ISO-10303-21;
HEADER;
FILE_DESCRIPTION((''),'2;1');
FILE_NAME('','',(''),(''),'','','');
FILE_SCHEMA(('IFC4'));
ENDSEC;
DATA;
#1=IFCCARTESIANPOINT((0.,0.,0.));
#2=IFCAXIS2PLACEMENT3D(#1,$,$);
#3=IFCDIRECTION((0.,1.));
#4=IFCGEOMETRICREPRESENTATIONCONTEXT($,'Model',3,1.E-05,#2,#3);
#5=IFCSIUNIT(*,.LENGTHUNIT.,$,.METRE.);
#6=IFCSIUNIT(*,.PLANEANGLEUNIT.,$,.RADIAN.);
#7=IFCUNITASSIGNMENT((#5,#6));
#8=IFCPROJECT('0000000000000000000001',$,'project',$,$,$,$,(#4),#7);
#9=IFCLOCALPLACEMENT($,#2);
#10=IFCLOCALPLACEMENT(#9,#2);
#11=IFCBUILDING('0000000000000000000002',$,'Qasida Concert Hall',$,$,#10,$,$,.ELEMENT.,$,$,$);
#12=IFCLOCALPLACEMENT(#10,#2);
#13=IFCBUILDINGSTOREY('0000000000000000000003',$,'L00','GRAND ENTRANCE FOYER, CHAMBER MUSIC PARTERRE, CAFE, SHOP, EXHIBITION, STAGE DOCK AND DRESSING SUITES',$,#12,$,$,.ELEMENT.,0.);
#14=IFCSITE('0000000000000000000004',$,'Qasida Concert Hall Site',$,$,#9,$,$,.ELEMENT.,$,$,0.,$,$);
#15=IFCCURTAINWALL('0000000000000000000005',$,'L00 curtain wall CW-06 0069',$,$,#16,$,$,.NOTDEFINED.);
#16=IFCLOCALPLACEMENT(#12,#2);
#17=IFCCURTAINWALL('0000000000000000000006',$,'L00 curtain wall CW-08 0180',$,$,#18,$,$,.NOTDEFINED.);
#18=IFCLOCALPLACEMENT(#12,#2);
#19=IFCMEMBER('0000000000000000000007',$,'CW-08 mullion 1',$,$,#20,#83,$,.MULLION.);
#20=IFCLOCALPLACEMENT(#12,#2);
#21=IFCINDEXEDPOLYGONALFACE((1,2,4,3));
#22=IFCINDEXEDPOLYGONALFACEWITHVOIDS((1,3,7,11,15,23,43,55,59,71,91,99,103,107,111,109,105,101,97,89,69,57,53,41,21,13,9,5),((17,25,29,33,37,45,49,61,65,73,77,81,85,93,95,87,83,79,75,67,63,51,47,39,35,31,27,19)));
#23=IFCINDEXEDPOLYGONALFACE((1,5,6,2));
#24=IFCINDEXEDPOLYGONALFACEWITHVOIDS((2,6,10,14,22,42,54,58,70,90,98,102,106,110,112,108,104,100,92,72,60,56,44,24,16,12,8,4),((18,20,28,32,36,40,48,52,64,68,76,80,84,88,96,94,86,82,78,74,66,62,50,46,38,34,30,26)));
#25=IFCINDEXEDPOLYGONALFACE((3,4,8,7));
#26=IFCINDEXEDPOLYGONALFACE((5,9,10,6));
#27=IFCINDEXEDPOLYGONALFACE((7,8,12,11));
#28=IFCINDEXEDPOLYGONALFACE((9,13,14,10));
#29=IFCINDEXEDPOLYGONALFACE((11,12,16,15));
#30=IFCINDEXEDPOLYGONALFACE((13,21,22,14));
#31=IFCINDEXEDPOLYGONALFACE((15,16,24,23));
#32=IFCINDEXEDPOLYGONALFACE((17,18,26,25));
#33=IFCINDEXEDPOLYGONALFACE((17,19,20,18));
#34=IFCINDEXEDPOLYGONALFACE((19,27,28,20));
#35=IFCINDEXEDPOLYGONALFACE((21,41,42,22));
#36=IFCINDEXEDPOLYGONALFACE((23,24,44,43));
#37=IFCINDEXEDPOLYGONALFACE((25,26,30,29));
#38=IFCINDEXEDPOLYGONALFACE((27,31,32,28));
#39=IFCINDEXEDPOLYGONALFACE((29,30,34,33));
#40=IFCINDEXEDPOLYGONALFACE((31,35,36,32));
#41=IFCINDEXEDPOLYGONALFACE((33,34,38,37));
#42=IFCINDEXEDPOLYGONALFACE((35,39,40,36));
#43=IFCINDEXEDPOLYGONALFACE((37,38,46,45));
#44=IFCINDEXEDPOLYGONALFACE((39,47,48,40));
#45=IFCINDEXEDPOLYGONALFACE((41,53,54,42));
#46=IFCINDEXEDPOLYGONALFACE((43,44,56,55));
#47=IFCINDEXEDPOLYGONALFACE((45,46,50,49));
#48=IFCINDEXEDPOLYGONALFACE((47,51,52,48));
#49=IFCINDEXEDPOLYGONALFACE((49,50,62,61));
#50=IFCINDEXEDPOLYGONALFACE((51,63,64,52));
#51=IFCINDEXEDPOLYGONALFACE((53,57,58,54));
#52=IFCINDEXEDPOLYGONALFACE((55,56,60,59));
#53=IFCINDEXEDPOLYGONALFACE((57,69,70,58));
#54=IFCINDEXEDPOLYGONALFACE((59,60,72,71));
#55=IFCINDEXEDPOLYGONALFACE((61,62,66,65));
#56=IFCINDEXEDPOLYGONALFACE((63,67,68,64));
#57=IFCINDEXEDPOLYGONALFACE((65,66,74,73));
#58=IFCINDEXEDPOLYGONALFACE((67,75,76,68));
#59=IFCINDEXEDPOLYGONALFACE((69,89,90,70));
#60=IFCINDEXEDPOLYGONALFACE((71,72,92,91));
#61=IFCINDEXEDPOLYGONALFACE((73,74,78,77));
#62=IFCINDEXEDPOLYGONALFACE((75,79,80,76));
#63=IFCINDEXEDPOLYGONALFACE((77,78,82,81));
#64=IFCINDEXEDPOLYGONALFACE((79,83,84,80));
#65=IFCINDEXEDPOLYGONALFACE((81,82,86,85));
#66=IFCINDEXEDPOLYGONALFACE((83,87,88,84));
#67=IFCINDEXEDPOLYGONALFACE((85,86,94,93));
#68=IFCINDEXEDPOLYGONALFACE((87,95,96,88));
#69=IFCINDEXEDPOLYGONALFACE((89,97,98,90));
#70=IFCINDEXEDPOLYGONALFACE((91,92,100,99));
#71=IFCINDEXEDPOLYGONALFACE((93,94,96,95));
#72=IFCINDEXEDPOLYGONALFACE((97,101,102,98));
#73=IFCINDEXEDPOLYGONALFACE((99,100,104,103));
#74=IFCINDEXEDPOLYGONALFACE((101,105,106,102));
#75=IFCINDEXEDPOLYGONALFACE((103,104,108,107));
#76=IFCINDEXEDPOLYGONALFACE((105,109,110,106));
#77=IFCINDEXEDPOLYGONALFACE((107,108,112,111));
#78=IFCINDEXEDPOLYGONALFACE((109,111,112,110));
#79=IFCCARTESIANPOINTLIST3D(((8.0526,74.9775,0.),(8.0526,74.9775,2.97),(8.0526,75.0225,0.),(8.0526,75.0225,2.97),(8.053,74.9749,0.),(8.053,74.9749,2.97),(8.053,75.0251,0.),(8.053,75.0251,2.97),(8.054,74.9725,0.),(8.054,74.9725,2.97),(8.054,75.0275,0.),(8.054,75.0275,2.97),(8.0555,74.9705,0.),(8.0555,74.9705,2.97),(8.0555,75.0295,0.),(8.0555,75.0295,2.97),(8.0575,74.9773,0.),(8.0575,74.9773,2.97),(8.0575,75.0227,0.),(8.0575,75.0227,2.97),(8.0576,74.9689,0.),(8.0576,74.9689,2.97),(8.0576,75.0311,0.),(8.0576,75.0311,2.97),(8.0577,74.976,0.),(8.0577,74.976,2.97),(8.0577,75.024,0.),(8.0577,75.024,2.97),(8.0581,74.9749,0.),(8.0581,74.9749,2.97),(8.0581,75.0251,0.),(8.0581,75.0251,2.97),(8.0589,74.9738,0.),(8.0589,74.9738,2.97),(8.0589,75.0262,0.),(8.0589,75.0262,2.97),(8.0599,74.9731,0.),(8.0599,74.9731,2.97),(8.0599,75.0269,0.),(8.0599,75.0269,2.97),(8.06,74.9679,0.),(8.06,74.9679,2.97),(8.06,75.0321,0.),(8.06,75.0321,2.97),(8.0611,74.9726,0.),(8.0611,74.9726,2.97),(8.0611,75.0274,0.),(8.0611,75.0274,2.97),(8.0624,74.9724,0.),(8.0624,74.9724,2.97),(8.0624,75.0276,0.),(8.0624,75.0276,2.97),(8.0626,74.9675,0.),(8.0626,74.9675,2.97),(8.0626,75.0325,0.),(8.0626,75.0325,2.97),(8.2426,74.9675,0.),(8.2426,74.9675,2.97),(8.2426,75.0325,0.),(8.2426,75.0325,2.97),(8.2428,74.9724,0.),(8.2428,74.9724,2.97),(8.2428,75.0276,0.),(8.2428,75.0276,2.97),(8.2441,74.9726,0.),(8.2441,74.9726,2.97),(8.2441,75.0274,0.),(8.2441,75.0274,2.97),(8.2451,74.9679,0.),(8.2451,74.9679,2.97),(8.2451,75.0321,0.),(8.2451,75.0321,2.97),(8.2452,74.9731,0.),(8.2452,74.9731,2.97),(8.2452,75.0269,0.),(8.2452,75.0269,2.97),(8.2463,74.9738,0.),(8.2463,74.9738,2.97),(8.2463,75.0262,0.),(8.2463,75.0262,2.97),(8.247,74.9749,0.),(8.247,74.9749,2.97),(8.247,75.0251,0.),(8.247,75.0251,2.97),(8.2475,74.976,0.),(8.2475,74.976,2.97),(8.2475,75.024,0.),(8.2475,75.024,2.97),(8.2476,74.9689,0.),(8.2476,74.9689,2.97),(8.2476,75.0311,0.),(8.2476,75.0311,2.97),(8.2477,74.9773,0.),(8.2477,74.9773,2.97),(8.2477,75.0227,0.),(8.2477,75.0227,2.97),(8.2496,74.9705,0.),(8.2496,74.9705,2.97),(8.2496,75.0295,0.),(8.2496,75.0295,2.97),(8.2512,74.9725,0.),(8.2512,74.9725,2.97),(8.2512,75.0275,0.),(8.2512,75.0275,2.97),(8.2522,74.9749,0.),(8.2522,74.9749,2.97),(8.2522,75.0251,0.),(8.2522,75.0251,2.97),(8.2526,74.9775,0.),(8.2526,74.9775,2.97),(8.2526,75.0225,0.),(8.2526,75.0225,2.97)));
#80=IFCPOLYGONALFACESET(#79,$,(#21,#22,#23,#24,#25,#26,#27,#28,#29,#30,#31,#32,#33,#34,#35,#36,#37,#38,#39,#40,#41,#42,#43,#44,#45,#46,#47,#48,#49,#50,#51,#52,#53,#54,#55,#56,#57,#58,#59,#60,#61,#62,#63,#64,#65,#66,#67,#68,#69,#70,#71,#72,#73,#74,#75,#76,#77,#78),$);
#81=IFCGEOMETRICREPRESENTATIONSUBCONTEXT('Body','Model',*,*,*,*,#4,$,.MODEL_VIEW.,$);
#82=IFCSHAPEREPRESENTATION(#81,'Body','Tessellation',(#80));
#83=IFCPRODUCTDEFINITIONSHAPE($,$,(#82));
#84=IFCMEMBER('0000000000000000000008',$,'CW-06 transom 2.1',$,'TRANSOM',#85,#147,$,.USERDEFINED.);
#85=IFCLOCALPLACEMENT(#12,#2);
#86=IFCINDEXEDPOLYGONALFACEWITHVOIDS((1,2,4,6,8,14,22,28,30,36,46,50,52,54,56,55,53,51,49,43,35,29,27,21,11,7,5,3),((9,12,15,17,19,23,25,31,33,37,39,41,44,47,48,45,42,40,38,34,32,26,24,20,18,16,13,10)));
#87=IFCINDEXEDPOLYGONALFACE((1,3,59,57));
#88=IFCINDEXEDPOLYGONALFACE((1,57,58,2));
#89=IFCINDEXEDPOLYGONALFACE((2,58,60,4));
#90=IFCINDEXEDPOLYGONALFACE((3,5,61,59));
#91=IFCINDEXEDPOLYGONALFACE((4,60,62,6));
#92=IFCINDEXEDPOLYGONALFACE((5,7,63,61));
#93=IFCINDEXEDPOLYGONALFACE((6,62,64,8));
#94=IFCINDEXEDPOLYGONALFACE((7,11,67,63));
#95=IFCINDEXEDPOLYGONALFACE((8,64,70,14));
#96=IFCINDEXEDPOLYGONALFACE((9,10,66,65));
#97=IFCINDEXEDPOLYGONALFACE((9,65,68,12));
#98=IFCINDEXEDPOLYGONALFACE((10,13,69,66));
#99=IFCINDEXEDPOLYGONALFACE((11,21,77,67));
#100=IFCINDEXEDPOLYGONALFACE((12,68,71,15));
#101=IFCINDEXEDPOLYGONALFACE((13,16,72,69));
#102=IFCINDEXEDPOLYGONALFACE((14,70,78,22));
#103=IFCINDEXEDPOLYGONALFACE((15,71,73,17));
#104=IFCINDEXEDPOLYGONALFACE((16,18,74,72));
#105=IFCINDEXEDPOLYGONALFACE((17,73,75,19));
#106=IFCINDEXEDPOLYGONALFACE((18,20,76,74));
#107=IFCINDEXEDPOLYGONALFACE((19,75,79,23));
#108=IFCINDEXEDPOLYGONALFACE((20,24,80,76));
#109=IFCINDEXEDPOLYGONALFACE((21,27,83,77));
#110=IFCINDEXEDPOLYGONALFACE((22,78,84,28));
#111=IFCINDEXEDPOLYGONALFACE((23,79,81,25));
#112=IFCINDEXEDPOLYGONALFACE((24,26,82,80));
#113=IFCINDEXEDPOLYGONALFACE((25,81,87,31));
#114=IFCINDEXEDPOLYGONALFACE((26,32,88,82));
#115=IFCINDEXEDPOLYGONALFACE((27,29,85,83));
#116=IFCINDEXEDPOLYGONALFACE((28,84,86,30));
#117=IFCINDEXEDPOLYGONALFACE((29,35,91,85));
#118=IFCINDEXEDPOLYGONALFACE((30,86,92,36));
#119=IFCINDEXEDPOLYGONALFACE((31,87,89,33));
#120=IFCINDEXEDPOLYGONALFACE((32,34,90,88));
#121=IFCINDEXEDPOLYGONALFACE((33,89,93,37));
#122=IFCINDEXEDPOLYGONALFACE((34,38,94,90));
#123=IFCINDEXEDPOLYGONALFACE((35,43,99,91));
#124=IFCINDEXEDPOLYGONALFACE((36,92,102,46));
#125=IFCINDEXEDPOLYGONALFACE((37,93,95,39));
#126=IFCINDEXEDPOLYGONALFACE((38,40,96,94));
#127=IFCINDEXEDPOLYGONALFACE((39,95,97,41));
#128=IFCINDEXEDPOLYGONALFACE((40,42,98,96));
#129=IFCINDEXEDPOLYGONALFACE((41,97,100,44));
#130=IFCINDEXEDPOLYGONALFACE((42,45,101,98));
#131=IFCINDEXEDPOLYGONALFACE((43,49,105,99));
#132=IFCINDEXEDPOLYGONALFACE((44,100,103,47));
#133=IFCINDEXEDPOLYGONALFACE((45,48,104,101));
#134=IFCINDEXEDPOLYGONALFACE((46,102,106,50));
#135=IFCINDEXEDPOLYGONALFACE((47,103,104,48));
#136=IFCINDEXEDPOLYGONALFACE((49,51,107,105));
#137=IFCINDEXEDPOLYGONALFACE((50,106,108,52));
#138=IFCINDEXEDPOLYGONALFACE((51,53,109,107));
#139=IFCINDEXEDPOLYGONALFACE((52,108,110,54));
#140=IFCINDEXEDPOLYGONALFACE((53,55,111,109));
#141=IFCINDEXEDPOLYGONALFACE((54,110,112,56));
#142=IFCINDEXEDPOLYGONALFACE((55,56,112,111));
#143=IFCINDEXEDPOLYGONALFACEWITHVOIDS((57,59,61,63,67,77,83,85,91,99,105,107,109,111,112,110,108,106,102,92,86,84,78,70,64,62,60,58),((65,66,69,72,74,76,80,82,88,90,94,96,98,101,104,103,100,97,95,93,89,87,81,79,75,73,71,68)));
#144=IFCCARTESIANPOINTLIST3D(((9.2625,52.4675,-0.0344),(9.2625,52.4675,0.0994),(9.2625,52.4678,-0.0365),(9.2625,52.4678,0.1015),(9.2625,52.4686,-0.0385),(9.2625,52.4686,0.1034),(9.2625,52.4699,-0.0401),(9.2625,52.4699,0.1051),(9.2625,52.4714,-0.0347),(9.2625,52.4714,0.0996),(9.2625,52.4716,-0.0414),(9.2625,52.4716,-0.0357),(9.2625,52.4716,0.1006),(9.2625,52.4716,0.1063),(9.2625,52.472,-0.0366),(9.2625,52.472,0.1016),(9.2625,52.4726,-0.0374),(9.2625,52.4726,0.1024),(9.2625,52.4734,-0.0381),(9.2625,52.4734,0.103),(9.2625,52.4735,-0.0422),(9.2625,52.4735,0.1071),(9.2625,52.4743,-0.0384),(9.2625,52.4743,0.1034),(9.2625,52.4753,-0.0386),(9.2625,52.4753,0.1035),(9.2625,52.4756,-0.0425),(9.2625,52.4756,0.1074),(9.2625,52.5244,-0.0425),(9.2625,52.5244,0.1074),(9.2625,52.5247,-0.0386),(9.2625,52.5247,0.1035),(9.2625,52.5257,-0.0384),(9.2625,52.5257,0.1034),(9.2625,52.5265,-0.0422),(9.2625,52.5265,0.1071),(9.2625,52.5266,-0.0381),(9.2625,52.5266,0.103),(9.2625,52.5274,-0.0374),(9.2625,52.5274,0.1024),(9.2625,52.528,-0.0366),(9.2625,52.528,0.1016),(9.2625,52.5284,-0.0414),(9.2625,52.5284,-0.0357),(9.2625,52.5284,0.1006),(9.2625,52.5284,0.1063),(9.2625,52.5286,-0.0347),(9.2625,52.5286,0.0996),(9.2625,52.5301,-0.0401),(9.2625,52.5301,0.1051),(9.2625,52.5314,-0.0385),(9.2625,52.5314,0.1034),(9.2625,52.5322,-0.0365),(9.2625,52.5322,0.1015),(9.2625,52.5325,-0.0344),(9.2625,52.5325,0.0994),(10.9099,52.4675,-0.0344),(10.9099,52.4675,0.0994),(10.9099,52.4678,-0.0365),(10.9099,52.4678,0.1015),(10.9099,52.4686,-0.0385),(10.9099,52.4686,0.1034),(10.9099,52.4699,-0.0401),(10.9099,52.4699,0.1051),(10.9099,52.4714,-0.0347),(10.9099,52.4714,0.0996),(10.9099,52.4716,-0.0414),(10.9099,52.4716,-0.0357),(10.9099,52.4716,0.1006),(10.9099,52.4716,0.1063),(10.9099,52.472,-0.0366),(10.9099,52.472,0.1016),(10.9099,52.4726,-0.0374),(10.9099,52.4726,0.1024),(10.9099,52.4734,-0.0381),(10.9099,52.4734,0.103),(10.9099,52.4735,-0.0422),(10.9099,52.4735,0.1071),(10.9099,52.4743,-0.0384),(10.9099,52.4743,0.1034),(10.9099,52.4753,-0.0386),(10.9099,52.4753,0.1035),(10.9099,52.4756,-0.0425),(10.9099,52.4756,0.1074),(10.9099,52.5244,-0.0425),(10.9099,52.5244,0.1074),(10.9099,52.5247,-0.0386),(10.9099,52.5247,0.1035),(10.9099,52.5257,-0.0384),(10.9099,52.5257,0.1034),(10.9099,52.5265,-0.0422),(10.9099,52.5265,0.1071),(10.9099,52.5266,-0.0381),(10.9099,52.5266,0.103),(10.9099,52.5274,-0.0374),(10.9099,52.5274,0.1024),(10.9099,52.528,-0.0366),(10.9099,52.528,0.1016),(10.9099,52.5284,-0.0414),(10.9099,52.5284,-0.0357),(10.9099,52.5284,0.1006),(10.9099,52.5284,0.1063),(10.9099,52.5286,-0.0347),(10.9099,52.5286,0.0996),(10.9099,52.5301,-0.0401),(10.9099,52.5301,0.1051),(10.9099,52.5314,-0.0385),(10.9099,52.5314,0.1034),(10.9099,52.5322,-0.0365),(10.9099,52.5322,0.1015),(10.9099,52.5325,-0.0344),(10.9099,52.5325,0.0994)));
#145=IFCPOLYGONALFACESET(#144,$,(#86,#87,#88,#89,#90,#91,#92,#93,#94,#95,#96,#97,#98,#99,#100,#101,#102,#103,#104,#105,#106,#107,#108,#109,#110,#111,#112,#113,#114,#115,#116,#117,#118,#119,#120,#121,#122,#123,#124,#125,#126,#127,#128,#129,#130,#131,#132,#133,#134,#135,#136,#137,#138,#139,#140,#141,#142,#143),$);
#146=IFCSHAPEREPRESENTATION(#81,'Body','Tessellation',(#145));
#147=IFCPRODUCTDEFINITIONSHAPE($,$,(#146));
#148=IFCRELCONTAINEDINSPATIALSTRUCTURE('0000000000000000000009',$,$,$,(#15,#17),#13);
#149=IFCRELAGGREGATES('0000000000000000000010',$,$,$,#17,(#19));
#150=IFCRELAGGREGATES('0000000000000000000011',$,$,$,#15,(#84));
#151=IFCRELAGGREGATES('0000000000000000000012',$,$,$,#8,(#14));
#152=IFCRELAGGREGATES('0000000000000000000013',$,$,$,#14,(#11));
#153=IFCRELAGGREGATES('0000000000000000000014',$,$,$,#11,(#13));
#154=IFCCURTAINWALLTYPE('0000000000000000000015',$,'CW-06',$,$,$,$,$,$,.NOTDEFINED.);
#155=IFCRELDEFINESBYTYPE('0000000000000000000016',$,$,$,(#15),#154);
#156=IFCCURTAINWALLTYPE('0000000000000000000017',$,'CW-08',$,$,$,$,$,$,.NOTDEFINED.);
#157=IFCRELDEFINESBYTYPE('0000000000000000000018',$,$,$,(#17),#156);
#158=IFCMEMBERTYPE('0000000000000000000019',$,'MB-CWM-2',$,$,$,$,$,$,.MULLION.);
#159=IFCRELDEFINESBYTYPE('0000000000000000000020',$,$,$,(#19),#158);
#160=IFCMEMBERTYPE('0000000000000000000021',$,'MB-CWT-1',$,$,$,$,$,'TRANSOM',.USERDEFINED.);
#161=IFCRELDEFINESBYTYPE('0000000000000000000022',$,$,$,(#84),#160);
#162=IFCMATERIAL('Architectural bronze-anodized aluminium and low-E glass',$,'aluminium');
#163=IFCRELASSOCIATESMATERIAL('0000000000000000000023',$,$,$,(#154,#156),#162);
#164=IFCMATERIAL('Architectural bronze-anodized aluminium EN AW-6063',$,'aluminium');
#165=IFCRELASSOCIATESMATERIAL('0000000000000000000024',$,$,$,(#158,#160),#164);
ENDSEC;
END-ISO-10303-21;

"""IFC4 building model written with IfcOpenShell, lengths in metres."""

from ifc_helpers import new_model, si_unit, direction, frame, origin, origin_2d, place, context, subcontext, project, spatial, hollow_rectangle, extrude, material, material_profile, profile_set, type_object, element, aggregate, save


model = new_model("IFC4")

# Units and contexts
model_context = context("Model", 3, precision=1e-05, world=origin(), true_north=direction((0.0, 1.0)))
body_context = subcontext(model_context, "Body", "Model", "MODEL_VIEW")
ifc_project = project(units=[si_unit("LENGTHUNIT", "METRE"), si_unit("PLANEANGLEUNIT", "RADIAN")], contexts=[model_context])

# Site, building, storey
site_placement = place(None, origin())
site = spatial("IfcSite", under=ifc_project, at=site_placement, Name="Qasida Concert Hall Site", CompositionType="ELEMENT", RefElevation=0.0)
building_placement = place(site_placement, origin())
building = spatial("IfcBuilding", under=site, at=building_placement, Name="Qasida Concert Hall", CompositionType="ELEMENT")
storey_placement = place(building_placement, origin())
storey = spatial("IfcBuildingStorey", under=building, at=storey_placement, Name="L00", Description="GRAND ENTRANCE FOYER, CHAMBER MUSIC PARTERRE, CAFE, SHOP, EXHIBITION, STAGE DOCK AND DRESSING SUITES", CompositionType="ELEMENT", Elevation=0.0)

# Curtain wall
ifc_material_1 = material(Name="Architectural bronze-anodized aluminium and low-E glass", Category="aluminium")
curtain_wall_type_1 = type_object("IfcCurtainWallType", Name="CW-06", PredefinedType="NOTDEFINED", material=ifc_material_1)
curtain_wall_1_placement = place(storey_placement, origin())
curtain_wall_1 = element("IfcCurtainWall", 1, at=curtain_wall_1_placement, inside=storey, type_object=curtain_wall_type_1, Name="L00 curtain wall CW-06 0069", PredefinedType="NOTDEFINED")
ifc_material_2 = material(Name="Architectural bronze-anodized aluminium EN AW-6063", Category="aluminium")

# Curtain wall, member
curtain_wall_type_2 = type_object("IfcCurtainWallType", Name="CW-08", PredefinedType="NOTDEFINED", material=ifc_material_1)
curtain_wall_2_placement = place(storey_placement, origin())
curtain_wall_2 = element("IfcCurtainWall", 2, at=curtain_wall_2_placement, inside=storey, type_object=curtain_wall_type_2, Name="L00 curtain wall CW-08 0180", PredefinedType="NOTDEFINED")
ifc_material_profile_1 = material_profile(ifc_material_2, hollow_rectangle(XDim=0.0649, YDim=0.2, WallThickness=0.0049, InnerFilletRadius=0.0049, OuterFilletRadius=0.01, at=origin_2d()), Name="CWM 200x65x5")
ifc_profile_set_1 = profile_set([ifc_material_profile_1], Name="Architectural bronze-anodized aluminium EN AW-6063")
member_type_1 = type_object("IfcMemberType", Name="MB-CWM-2", PredefinedType="MULLION", material=ifc_profile_set_1)
member_1_placement = place(storey_placement, frame((8.1526, 75.0, 0.0), z_axis=(0.0, 0.0, 1.0), x_axis=(0.0, 1.0, 0.0)))
member_1 = element("IfcMember", 3, at=member_1_placement, type_object=member_type_1, Name="CW-08 mullion 1", PredefinedType="MULLION", context=body_context, shape_type="SweptSolid", body=[
    extrude(hollow_rectangle(XDim=0.0649, YDim=0.2, WallThickness=0.0049, InnerFilletRadius=0.0049, OuterFilletRadius=0.01, at=origin_2d()), origin(), (0.0, 0.0, 1.0), 2.97),
])
aggregate(curtain_wall_2, [member_1])

# Member
ifc_material_profile_2 = material_profile(ifc_material_2, hollow_rectangle(XDim=0.0649, YDim=0.1499, WallThickness=0.0039, InnerFilletRadius=0.0039, OuterFilletRadius=0.0081, at=origin_2d()), Name="CWT 150x65x4")
ifc_profile_set_2 = profile_set([ifc_material_profile_2], Name="Architectural bronze-anodized aluminium EN AW-6063")
member_type_2 = type_object("IfcMemberType", Name="MB-CWT-1", ElementType="TRANSOM", PredefinedType="USERDEFINED", material=ifc_profile_set_2)
member_2_placement = place(storey_placement, frame((9.2625, 52.5, 0.0325), z_axis=(1.0, 0.0, 0.0), x_axis=(0.0, 1.0, 0.0)))
member_2 = element("IfcMember", 4, at=member_2_placement, type_object=member_type_2, Name="CW-06 transom 2.1", ObjectType="TRANSOM", PredefinedType="USERDEFINED", context=body_context, shape_type="SweptSolid", body=[
    extrude(hollow_rectangle(XDim=0.0649, YDim=0.1499, WallThickness=0.0039, InnerFilletRadius=0.0039, OuterFilletRadius=0.0081, at=origin_2d()), origin(), (0.0, 0.0, 1.0), 1.6475),
])

aggregate(curtain_wall_1, [member_2])

save(model, "model.ifc")
